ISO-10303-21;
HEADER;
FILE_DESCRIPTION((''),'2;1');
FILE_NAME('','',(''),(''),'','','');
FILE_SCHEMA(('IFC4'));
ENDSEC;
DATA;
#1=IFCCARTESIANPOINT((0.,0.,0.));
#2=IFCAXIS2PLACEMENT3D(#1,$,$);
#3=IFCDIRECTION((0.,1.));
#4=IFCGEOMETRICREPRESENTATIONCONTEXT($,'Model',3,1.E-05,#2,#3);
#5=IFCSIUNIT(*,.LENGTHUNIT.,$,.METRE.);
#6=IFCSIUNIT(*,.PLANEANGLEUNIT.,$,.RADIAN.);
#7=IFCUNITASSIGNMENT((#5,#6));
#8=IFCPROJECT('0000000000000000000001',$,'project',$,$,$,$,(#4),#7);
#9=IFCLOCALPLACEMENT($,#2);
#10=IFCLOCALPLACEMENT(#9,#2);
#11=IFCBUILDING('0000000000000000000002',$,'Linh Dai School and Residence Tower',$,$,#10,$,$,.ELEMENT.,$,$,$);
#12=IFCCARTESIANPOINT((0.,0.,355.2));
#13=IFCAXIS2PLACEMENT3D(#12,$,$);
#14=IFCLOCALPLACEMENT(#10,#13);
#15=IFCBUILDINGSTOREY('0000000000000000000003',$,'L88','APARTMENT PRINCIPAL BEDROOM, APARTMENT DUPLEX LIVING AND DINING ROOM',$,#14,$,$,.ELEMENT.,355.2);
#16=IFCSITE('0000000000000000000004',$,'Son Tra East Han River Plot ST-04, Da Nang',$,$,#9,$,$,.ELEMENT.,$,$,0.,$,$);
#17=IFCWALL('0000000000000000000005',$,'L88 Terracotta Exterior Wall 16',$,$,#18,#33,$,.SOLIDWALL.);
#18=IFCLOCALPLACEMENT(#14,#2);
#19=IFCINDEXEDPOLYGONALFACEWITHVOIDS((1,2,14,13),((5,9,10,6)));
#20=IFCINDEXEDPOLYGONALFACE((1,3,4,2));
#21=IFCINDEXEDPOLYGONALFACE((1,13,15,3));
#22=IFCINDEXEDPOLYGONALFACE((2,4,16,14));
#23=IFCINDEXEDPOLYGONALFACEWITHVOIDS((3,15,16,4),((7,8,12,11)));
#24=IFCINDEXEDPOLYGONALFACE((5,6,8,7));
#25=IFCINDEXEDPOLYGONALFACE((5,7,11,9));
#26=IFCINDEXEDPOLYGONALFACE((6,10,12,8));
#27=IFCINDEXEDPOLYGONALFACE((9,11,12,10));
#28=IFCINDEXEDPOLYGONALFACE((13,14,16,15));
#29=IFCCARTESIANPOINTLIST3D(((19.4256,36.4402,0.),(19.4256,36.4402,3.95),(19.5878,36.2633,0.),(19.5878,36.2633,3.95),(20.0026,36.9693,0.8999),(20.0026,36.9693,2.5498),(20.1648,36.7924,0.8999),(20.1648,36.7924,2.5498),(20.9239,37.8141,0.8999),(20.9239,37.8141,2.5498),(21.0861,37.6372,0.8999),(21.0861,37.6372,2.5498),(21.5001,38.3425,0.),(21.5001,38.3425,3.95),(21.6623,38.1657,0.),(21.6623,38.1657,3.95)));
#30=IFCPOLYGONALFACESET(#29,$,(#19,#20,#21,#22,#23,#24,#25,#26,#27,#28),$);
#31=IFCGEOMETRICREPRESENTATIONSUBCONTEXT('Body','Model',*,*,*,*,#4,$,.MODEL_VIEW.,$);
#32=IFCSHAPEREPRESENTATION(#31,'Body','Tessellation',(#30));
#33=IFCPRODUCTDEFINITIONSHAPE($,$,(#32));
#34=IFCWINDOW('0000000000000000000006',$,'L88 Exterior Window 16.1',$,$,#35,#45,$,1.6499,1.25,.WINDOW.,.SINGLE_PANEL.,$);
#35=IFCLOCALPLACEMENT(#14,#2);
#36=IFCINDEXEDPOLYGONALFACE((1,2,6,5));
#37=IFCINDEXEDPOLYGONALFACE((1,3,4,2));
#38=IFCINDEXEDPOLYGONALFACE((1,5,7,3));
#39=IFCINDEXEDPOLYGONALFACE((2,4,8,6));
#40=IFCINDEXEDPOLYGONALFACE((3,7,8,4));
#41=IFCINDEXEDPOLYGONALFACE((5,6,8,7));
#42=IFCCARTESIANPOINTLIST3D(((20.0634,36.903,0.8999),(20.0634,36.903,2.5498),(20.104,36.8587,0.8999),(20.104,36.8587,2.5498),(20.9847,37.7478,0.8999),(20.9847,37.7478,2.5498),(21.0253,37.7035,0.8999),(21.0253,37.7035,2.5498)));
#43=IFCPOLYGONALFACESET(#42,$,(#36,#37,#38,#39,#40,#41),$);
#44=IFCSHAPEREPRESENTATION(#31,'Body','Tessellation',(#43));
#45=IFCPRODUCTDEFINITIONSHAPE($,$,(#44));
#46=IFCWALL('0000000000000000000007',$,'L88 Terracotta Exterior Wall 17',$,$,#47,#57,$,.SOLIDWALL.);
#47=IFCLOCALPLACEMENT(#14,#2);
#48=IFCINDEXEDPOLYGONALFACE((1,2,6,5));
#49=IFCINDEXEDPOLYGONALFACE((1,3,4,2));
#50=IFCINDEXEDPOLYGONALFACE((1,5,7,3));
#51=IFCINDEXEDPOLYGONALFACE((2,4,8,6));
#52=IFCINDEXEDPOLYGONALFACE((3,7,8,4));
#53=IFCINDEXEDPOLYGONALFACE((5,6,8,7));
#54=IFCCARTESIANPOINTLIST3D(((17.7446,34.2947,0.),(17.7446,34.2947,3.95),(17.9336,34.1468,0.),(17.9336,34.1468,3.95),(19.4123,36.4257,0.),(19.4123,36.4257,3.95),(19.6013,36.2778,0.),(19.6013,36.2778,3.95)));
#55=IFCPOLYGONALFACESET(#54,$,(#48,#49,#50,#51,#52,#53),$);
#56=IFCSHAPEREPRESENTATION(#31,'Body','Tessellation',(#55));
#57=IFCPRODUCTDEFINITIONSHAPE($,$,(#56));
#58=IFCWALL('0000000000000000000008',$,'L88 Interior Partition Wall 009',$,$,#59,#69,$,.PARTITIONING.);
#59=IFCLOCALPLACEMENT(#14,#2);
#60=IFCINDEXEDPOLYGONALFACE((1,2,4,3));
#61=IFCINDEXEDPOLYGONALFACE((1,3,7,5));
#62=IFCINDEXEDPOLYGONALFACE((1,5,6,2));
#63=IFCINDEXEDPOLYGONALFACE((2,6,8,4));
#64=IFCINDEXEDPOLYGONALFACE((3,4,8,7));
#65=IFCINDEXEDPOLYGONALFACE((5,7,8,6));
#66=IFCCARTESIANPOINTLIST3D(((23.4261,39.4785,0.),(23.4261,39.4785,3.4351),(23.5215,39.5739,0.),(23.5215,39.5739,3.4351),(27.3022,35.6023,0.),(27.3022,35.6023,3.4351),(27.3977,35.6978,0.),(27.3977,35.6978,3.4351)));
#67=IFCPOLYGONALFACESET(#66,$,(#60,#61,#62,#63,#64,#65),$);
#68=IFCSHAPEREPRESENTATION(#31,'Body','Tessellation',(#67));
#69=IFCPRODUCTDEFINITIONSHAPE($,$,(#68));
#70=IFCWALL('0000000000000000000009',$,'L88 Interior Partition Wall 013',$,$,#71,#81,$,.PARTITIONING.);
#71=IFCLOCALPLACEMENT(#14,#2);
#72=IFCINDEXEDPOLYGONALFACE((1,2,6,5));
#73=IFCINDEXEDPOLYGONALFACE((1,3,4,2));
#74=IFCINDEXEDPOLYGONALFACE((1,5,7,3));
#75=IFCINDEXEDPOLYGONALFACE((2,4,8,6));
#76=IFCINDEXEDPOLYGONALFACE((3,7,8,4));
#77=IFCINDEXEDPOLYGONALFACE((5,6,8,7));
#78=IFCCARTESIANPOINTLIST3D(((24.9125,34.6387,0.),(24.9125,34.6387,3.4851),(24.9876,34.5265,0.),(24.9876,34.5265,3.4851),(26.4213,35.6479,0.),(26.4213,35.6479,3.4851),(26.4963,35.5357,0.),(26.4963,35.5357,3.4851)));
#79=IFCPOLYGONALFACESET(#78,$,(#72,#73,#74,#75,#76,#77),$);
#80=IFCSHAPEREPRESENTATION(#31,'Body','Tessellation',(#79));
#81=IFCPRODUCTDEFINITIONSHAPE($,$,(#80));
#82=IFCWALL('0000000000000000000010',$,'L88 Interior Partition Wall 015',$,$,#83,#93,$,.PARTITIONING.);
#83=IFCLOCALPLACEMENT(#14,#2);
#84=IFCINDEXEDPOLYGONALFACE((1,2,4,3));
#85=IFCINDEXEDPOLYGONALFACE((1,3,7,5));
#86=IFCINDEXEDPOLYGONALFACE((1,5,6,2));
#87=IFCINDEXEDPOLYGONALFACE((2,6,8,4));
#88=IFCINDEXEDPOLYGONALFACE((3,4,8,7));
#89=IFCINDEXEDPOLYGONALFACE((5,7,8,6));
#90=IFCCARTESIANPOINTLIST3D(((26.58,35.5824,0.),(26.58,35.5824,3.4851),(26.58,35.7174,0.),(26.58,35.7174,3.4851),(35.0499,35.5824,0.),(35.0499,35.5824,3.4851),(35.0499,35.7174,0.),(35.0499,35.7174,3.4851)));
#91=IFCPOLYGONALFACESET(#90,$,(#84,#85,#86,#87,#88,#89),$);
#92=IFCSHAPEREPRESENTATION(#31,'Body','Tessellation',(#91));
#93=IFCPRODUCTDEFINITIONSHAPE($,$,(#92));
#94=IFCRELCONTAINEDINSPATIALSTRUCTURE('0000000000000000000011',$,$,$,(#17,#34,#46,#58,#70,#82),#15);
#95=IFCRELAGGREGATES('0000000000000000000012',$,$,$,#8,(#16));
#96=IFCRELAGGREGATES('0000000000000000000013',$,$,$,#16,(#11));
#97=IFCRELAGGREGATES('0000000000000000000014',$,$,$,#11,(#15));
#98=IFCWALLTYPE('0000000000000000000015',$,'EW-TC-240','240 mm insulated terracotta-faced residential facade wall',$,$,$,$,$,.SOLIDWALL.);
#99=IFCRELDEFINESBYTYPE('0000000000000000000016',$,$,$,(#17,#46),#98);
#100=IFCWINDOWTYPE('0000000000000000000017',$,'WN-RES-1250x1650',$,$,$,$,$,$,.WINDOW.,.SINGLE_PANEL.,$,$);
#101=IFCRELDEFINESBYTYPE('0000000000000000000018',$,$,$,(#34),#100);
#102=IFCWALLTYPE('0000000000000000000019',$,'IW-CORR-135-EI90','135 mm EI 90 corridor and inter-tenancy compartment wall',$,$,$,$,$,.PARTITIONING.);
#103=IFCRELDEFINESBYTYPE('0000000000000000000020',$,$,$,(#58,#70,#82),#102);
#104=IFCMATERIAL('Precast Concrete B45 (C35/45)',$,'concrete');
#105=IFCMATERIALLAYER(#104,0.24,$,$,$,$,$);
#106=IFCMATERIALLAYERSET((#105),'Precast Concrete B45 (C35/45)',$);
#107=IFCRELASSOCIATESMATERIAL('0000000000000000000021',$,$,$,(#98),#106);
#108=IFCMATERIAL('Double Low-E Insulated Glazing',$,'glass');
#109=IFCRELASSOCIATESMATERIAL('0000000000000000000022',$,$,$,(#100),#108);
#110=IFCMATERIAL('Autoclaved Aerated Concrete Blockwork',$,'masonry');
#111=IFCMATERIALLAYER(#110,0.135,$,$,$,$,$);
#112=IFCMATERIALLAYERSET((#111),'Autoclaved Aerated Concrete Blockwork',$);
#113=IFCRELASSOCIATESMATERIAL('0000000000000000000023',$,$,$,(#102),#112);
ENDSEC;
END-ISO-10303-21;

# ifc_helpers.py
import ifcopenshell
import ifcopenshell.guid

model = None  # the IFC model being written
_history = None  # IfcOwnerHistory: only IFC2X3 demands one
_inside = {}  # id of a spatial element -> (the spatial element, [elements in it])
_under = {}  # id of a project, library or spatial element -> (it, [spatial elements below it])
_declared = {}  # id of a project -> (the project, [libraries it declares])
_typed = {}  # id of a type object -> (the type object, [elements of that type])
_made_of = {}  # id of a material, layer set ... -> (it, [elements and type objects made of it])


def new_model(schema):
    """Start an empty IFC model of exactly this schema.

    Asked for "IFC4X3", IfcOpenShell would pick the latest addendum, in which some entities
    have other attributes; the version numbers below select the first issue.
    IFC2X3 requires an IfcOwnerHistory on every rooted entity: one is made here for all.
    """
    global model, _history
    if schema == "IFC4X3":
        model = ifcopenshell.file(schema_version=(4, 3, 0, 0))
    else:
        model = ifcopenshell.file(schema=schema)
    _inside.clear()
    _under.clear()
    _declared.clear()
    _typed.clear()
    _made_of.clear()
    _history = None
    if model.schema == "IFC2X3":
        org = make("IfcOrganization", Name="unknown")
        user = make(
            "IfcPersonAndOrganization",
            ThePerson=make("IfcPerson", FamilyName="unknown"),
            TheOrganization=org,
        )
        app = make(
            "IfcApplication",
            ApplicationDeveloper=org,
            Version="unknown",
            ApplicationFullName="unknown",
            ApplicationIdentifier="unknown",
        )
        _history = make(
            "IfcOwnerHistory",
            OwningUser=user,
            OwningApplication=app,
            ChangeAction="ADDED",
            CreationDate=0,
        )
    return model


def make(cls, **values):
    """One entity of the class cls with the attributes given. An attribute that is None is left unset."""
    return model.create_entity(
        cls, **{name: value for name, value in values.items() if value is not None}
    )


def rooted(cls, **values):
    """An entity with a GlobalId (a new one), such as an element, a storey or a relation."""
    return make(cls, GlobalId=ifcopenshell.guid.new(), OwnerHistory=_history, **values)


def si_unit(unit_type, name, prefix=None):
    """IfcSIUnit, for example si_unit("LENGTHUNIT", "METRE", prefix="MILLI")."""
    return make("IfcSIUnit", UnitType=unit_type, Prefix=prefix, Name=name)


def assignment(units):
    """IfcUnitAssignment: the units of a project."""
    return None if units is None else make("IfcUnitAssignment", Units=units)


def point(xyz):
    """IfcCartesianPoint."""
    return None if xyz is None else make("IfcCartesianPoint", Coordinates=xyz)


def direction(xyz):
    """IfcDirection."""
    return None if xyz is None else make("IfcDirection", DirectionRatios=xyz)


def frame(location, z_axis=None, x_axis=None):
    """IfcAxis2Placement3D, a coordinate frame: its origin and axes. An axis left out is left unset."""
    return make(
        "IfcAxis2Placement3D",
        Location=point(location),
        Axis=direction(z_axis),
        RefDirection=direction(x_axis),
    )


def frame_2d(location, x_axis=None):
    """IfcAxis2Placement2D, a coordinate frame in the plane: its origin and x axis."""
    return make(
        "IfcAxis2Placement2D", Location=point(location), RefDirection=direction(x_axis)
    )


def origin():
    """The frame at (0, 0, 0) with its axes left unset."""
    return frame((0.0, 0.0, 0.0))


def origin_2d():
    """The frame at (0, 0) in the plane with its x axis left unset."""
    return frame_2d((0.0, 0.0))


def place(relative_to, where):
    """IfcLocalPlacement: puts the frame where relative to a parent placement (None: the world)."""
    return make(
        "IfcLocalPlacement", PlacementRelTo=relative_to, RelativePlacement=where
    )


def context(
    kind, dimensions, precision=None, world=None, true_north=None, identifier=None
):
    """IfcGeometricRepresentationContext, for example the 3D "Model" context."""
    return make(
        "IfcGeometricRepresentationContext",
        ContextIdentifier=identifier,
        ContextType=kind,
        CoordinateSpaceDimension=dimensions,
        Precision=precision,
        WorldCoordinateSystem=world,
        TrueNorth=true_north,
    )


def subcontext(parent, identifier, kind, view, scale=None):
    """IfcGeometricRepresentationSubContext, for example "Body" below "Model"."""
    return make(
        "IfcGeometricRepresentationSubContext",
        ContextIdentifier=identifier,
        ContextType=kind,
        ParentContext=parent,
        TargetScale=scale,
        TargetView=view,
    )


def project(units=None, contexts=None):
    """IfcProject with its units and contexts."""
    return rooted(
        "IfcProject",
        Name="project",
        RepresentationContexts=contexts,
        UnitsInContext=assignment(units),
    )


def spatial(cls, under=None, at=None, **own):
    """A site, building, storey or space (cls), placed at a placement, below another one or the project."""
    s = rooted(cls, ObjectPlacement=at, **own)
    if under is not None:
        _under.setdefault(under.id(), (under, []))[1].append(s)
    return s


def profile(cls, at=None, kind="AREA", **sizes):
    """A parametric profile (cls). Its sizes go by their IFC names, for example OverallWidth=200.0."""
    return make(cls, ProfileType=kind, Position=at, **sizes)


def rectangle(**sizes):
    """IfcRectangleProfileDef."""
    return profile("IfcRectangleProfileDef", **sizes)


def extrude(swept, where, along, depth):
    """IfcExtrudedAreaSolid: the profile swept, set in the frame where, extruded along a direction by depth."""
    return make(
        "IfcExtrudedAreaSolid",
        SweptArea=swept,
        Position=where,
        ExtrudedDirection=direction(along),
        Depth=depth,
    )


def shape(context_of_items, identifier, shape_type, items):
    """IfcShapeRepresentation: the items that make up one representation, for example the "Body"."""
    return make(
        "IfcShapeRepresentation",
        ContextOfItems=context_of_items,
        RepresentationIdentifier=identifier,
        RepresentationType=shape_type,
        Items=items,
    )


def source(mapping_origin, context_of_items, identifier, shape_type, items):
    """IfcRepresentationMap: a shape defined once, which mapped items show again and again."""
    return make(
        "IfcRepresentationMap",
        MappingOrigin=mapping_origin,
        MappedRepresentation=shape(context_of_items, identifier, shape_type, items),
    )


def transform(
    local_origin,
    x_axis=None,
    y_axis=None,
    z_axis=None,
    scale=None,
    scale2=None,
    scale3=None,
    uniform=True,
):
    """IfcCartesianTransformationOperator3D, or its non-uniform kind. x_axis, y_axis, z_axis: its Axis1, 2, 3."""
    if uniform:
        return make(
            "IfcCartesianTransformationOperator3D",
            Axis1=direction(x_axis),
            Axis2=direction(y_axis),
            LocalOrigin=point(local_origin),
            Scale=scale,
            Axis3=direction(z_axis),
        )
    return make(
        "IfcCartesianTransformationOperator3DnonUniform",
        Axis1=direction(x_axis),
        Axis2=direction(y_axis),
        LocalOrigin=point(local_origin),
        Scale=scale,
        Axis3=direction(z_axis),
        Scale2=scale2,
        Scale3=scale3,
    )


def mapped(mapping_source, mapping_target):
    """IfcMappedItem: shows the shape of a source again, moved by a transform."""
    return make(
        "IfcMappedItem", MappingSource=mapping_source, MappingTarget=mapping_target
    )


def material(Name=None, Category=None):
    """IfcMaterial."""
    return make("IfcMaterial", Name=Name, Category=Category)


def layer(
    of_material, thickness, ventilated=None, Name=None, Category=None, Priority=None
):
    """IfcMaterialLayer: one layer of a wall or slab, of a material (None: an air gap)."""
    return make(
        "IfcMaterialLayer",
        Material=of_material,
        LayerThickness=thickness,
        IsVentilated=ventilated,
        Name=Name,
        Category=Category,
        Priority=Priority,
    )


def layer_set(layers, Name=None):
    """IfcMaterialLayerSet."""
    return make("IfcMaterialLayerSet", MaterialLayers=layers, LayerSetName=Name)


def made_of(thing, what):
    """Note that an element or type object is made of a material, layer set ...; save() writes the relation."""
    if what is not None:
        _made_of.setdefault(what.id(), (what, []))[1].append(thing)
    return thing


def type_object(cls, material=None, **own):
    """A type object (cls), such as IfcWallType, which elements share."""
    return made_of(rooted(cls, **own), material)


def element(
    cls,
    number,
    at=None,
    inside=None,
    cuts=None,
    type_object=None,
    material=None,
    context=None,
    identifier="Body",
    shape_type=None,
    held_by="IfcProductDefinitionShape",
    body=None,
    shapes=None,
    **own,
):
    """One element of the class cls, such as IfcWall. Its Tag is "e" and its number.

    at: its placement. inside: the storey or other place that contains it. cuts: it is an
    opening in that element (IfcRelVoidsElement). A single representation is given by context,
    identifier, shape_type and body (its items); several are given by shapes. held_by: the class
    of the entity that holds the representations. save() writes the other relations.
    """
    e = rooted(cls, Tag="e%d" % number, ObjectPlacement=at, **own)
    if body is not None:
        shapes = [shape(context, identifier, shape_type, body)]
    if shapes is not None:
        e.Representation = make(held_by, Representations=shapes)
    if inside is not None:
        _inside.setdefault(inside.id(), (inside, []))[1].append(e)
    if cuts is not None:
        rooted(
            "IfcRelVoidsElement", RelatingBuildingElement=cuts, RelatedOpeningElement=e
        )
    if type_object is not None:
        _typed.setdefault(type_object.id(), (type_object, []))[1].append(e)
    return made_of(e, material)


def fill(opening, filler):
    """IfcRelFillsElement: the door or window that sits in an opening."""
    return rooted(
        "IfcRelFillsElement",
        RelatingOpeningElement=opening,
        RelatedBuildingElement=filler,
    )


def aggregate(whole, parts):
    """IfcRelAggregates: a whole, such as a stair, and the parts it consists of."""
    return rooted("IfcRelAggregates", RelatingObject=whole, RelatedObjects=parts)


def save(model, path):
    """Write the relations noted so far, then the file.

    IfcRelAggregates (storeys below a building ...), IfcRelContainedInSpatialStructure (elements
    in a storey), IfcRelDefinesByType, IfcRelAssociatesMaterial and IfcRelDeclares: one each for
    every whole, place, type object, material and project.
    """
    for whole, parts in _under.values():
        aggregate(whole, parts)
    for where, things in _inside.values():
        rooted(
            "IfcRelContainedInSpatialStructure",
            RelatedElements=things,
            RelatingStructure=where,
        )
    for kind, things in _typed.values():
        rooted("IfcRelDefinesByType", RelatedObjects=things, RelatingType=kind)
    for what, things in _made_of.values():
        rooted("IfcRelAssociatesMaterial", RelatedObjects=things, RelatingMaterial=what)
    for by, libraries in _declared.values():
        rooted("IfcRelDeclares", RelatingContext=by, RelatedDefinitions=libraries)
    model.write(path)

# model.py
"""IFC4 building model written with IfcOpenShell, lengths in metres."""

from ifc_helpers import new_model, si_unit, direction, frame, frame_2d, origin, origin_2d, place, context, subcontext, project, spatial, rectangle, extrude, source, transform, mapped, material, layer, layer_set, type_object, element, fill, save


model = new_model("IFC4")

# Units and contexts
model_context = context("Model", 3, precision=1e-05, world=origin(), true_north=direction((0.0, 1.0)))
body_context = subcontext(model_context, "Body", "Model", "MODEL_VIEW")
ifc_project = project(units=[si_unit("LENGTHUNIT", "METRE"), si_unit("PLANEANGLEUNIT", "RADIAN")], contexts=[model_context])

# Site, building, storey
site_placement = place(None, origin())
site = spatial("IfcSite", under=ifc_project, at=site_placement, Name="Son Tra East Han River Plot ST-04, Da Nang", CompositionType="ELEMENT", RefElevation=0.0)
building_placement = place(site_placement, origin())
building = spatial("IfcBuilding", under=site, at=building_placement, Name="Linh Dai School and Residence Tower", CompositionType="ELEMENT")
storey_placement = place(building_placement, frame((0.0, 0.0, 355.2)))
storey = spatial("IfcBuildingStorey", under=building, at=storey_placement, Name="L88", Description="APARTMENT PRINCIPAL BEDROOM, APARTMENT DUPLEX LIVING AND DINING ROOM", CompositionType="ELEMENT", Elevation=355.2)

# Shared definitions
ifc_material_1 = material(Name="Double Low-E Insulated Glazing", Category="glass")

# Wall, opening, window
ifc_material_2 = material(Name="Precast Concrete B45 (C35/45)", Category="concrete")
ifc_layer_1 = layer(ifc_material_2, 0.24)
ifc_layer_set_1 = layer_set([ifc_layer_1], Name="Precast Concrete B45 (C35/45)")
wall_type_1 = type_object("IfcWallType", Name="EW-TC-240", Description="240 mm insulated terracotta-faced residential facade wall", PredefinedType="SOLIDWALL", material=ifc_layer_set_1)
window_type_1 = type_object("IfcWindowType", Name="WN-RES-1250x1650", PartitioningType="SINGLE_PANEL", PredefinedType="WINDOW", material=ifc_material_1)
shared_shape_1 = source(origin(), body_context, "Body", "SweptSolid", [
    extrude(rectangle(XDim=1.25, YDim=1.6499, at=origin_2d()), frame((0.625, 0.03, 0.825), z_axis=(0.0, -1.0, 0.0), x_axis=(1.0, 0.0, 0.0)), (0.0, 0.0, 1.0), 0.0601),
])
wall_1_placement = place(storey_placement, frame((19.5068, 36.3518, 0.0), z_axis=(0.0, 0.0, 1.0), x_axis=(0.737021, 0.67587, 0.0)))
wall_1 = element("IfcWall", 1, at=wall_1_placement, inside=storey, type_object=wall_type_1, Name="L88 Terracotta Exterior Wall 16", PredefinedType="SOLIDWALL", context=body_context, shape_type="SweptSolid", body=[
    extrude(rectangle(XDim=2.8147, YDim=0.24, at=frame_2d((1.4072, 0.0))), origin(), (0.0, 0.0, 1.0), 3.95),
])
opening_1_placement = place(wall_1_placement, frame((0.7827, 0.0, 0.8999)))
opening_1 = element("IfcOpeningElement", 2, at=opening_1_placement, cuts=wall_1, PredefinedType="OPENING", context=body_context, shape_type="SweptSolid", body=[
    extrude(rectangle(XDim=1.25, YDim=1.6499, at=origin_2d()), frame((0.625, 0.1299, 0.825), z_axis=(0.0, -1.0, 0.0), x_axis=(1.0, 0.0, 0.0)), (0.0, 0.0, 1.0), 0.26),
])
window_1_placement = place(opening_1_placement, origin())
window_1 = element("IfcWindow", 3, at=window_1_placement, inside=storey, type_object=window_type_1, Name="L88 Exterior Window 16.1", OverallHeight=1.6499, OverallWidth=1.25, PartitioningType="SINGLE_PANEL", PredefinedType="WINDOW", context=body_context, shape_type="MappedRepresentation", body=[
    mapped(shared_shape_1, transform((0.0, 0.0, 0.0), x_axis=(1.0, 0.0, 0.0), y_axis=(0.0, 1.0, 0.0), z_axis=(0.0, 0.0, 1.0), scale=1.0)),
])
fill(opening_1, window_1)

# Walls
wall_2_placement = place(storey_placement, frame((17.8391, 34.2207, 0.0), z_axis=(0.0, 0.0, 1.0), x_axis=(0.616286, 0.787522, 0.0)))
element("IfcWall", 4, at=wall_2_placement, inside=storey, type_object=wall_type_1, Name="L88 Terracotta Exterior Wall 17", PredefinedType="SOLIDWALL", context=body_context, shape_type="SweptSolid", body=[
    extrude(rectangle(XDim=2.7061, YDim=0.24, at=frame_2d((1.353, 0.0))), origin(), (0.0, 0.0, 1.0), 3.95),
])
ifc_material_3 = material(Name="Autoclaved Aerated Concrete Blockwork", Category="masonry")
ifc_layer_2 = layer(ifc_material_3, 0.135)
ifc_layer_set_2 = layer_set([ifc_layer_2], Name="Autoclaved Aerated Concrete Blockwork")
wall_type_2 = type_object("IfcWallType", Name="IW-CORR-135-EI90", Description="135 mm EI 90 corridor and inter-tenancy compartment wall", PredefinedType="PARTITIONING", material=ifc_layer_set_2)
wall_3_placement = place(storey_placement, frame((23.4739, 39.5261, 0.0), z_axis=(0.0, 0.0, 1.0), x_axis=(0.707107, -0.707107, 0.0)))
element("IfcWall", 5, at=wall_3_placement, inside=storey, type_object=wall_type_2, Name="L88 Interior Partition Wall 009", PredefinedType="PARTITIONING", context=body_context, shape_type="SweptSolid", body=[
    extrude(rectangle(XDim=5.4817, YDim=0.135, at=frame_2d((2.7407, 0.0))), origin(), (0.0, 0.0, 1.0), 3.4351),
])
wall_4_placement = place(storey_placement, frame((24.95, 34.5825, 0.0), z_axis=(0.0, 0.0, 1.0), x_axis=(0.83118, 0.556003, 0.0)))
element("IfcWall", 6, at=wall_4_placement, inside=storey, type_object=wall_type_2, Name="L88 Interior Partition Wall 013", PredefinedType="PARTITIONING", context=body_context, shape_type="SweptSolid", body=[
    extrude(rectangle(XDim=1.8152, YDim=0.135, at=frame_2d((0.9077, 0.0))), origin(), (0.0, 0.0, 1.0), 3.4851),
])
wall_5_placement = place(storey_placement, frame((26.5801, 35.6499, 0.0), z_axis=(0.0, 0.0, 1.0), x_axis=(1.0, 0.0, 0.0)))
element("IfcWall", 7, at=wall_5_placement, inside=storey, type_object=wall_type_2, Name="L88 Interior Partition Wall 015", PredefinedType="PARTITIONING", context=body_context, shape_type="SweptSolid", body=[
    extrude(rectangle(XDim=8.47, YDim=0.135, at=frame_2d((4.2349, 0.0))), origin(), (0.0, 0.0, 1.0), 3.4851),
])

save(model, "model.ifc")
